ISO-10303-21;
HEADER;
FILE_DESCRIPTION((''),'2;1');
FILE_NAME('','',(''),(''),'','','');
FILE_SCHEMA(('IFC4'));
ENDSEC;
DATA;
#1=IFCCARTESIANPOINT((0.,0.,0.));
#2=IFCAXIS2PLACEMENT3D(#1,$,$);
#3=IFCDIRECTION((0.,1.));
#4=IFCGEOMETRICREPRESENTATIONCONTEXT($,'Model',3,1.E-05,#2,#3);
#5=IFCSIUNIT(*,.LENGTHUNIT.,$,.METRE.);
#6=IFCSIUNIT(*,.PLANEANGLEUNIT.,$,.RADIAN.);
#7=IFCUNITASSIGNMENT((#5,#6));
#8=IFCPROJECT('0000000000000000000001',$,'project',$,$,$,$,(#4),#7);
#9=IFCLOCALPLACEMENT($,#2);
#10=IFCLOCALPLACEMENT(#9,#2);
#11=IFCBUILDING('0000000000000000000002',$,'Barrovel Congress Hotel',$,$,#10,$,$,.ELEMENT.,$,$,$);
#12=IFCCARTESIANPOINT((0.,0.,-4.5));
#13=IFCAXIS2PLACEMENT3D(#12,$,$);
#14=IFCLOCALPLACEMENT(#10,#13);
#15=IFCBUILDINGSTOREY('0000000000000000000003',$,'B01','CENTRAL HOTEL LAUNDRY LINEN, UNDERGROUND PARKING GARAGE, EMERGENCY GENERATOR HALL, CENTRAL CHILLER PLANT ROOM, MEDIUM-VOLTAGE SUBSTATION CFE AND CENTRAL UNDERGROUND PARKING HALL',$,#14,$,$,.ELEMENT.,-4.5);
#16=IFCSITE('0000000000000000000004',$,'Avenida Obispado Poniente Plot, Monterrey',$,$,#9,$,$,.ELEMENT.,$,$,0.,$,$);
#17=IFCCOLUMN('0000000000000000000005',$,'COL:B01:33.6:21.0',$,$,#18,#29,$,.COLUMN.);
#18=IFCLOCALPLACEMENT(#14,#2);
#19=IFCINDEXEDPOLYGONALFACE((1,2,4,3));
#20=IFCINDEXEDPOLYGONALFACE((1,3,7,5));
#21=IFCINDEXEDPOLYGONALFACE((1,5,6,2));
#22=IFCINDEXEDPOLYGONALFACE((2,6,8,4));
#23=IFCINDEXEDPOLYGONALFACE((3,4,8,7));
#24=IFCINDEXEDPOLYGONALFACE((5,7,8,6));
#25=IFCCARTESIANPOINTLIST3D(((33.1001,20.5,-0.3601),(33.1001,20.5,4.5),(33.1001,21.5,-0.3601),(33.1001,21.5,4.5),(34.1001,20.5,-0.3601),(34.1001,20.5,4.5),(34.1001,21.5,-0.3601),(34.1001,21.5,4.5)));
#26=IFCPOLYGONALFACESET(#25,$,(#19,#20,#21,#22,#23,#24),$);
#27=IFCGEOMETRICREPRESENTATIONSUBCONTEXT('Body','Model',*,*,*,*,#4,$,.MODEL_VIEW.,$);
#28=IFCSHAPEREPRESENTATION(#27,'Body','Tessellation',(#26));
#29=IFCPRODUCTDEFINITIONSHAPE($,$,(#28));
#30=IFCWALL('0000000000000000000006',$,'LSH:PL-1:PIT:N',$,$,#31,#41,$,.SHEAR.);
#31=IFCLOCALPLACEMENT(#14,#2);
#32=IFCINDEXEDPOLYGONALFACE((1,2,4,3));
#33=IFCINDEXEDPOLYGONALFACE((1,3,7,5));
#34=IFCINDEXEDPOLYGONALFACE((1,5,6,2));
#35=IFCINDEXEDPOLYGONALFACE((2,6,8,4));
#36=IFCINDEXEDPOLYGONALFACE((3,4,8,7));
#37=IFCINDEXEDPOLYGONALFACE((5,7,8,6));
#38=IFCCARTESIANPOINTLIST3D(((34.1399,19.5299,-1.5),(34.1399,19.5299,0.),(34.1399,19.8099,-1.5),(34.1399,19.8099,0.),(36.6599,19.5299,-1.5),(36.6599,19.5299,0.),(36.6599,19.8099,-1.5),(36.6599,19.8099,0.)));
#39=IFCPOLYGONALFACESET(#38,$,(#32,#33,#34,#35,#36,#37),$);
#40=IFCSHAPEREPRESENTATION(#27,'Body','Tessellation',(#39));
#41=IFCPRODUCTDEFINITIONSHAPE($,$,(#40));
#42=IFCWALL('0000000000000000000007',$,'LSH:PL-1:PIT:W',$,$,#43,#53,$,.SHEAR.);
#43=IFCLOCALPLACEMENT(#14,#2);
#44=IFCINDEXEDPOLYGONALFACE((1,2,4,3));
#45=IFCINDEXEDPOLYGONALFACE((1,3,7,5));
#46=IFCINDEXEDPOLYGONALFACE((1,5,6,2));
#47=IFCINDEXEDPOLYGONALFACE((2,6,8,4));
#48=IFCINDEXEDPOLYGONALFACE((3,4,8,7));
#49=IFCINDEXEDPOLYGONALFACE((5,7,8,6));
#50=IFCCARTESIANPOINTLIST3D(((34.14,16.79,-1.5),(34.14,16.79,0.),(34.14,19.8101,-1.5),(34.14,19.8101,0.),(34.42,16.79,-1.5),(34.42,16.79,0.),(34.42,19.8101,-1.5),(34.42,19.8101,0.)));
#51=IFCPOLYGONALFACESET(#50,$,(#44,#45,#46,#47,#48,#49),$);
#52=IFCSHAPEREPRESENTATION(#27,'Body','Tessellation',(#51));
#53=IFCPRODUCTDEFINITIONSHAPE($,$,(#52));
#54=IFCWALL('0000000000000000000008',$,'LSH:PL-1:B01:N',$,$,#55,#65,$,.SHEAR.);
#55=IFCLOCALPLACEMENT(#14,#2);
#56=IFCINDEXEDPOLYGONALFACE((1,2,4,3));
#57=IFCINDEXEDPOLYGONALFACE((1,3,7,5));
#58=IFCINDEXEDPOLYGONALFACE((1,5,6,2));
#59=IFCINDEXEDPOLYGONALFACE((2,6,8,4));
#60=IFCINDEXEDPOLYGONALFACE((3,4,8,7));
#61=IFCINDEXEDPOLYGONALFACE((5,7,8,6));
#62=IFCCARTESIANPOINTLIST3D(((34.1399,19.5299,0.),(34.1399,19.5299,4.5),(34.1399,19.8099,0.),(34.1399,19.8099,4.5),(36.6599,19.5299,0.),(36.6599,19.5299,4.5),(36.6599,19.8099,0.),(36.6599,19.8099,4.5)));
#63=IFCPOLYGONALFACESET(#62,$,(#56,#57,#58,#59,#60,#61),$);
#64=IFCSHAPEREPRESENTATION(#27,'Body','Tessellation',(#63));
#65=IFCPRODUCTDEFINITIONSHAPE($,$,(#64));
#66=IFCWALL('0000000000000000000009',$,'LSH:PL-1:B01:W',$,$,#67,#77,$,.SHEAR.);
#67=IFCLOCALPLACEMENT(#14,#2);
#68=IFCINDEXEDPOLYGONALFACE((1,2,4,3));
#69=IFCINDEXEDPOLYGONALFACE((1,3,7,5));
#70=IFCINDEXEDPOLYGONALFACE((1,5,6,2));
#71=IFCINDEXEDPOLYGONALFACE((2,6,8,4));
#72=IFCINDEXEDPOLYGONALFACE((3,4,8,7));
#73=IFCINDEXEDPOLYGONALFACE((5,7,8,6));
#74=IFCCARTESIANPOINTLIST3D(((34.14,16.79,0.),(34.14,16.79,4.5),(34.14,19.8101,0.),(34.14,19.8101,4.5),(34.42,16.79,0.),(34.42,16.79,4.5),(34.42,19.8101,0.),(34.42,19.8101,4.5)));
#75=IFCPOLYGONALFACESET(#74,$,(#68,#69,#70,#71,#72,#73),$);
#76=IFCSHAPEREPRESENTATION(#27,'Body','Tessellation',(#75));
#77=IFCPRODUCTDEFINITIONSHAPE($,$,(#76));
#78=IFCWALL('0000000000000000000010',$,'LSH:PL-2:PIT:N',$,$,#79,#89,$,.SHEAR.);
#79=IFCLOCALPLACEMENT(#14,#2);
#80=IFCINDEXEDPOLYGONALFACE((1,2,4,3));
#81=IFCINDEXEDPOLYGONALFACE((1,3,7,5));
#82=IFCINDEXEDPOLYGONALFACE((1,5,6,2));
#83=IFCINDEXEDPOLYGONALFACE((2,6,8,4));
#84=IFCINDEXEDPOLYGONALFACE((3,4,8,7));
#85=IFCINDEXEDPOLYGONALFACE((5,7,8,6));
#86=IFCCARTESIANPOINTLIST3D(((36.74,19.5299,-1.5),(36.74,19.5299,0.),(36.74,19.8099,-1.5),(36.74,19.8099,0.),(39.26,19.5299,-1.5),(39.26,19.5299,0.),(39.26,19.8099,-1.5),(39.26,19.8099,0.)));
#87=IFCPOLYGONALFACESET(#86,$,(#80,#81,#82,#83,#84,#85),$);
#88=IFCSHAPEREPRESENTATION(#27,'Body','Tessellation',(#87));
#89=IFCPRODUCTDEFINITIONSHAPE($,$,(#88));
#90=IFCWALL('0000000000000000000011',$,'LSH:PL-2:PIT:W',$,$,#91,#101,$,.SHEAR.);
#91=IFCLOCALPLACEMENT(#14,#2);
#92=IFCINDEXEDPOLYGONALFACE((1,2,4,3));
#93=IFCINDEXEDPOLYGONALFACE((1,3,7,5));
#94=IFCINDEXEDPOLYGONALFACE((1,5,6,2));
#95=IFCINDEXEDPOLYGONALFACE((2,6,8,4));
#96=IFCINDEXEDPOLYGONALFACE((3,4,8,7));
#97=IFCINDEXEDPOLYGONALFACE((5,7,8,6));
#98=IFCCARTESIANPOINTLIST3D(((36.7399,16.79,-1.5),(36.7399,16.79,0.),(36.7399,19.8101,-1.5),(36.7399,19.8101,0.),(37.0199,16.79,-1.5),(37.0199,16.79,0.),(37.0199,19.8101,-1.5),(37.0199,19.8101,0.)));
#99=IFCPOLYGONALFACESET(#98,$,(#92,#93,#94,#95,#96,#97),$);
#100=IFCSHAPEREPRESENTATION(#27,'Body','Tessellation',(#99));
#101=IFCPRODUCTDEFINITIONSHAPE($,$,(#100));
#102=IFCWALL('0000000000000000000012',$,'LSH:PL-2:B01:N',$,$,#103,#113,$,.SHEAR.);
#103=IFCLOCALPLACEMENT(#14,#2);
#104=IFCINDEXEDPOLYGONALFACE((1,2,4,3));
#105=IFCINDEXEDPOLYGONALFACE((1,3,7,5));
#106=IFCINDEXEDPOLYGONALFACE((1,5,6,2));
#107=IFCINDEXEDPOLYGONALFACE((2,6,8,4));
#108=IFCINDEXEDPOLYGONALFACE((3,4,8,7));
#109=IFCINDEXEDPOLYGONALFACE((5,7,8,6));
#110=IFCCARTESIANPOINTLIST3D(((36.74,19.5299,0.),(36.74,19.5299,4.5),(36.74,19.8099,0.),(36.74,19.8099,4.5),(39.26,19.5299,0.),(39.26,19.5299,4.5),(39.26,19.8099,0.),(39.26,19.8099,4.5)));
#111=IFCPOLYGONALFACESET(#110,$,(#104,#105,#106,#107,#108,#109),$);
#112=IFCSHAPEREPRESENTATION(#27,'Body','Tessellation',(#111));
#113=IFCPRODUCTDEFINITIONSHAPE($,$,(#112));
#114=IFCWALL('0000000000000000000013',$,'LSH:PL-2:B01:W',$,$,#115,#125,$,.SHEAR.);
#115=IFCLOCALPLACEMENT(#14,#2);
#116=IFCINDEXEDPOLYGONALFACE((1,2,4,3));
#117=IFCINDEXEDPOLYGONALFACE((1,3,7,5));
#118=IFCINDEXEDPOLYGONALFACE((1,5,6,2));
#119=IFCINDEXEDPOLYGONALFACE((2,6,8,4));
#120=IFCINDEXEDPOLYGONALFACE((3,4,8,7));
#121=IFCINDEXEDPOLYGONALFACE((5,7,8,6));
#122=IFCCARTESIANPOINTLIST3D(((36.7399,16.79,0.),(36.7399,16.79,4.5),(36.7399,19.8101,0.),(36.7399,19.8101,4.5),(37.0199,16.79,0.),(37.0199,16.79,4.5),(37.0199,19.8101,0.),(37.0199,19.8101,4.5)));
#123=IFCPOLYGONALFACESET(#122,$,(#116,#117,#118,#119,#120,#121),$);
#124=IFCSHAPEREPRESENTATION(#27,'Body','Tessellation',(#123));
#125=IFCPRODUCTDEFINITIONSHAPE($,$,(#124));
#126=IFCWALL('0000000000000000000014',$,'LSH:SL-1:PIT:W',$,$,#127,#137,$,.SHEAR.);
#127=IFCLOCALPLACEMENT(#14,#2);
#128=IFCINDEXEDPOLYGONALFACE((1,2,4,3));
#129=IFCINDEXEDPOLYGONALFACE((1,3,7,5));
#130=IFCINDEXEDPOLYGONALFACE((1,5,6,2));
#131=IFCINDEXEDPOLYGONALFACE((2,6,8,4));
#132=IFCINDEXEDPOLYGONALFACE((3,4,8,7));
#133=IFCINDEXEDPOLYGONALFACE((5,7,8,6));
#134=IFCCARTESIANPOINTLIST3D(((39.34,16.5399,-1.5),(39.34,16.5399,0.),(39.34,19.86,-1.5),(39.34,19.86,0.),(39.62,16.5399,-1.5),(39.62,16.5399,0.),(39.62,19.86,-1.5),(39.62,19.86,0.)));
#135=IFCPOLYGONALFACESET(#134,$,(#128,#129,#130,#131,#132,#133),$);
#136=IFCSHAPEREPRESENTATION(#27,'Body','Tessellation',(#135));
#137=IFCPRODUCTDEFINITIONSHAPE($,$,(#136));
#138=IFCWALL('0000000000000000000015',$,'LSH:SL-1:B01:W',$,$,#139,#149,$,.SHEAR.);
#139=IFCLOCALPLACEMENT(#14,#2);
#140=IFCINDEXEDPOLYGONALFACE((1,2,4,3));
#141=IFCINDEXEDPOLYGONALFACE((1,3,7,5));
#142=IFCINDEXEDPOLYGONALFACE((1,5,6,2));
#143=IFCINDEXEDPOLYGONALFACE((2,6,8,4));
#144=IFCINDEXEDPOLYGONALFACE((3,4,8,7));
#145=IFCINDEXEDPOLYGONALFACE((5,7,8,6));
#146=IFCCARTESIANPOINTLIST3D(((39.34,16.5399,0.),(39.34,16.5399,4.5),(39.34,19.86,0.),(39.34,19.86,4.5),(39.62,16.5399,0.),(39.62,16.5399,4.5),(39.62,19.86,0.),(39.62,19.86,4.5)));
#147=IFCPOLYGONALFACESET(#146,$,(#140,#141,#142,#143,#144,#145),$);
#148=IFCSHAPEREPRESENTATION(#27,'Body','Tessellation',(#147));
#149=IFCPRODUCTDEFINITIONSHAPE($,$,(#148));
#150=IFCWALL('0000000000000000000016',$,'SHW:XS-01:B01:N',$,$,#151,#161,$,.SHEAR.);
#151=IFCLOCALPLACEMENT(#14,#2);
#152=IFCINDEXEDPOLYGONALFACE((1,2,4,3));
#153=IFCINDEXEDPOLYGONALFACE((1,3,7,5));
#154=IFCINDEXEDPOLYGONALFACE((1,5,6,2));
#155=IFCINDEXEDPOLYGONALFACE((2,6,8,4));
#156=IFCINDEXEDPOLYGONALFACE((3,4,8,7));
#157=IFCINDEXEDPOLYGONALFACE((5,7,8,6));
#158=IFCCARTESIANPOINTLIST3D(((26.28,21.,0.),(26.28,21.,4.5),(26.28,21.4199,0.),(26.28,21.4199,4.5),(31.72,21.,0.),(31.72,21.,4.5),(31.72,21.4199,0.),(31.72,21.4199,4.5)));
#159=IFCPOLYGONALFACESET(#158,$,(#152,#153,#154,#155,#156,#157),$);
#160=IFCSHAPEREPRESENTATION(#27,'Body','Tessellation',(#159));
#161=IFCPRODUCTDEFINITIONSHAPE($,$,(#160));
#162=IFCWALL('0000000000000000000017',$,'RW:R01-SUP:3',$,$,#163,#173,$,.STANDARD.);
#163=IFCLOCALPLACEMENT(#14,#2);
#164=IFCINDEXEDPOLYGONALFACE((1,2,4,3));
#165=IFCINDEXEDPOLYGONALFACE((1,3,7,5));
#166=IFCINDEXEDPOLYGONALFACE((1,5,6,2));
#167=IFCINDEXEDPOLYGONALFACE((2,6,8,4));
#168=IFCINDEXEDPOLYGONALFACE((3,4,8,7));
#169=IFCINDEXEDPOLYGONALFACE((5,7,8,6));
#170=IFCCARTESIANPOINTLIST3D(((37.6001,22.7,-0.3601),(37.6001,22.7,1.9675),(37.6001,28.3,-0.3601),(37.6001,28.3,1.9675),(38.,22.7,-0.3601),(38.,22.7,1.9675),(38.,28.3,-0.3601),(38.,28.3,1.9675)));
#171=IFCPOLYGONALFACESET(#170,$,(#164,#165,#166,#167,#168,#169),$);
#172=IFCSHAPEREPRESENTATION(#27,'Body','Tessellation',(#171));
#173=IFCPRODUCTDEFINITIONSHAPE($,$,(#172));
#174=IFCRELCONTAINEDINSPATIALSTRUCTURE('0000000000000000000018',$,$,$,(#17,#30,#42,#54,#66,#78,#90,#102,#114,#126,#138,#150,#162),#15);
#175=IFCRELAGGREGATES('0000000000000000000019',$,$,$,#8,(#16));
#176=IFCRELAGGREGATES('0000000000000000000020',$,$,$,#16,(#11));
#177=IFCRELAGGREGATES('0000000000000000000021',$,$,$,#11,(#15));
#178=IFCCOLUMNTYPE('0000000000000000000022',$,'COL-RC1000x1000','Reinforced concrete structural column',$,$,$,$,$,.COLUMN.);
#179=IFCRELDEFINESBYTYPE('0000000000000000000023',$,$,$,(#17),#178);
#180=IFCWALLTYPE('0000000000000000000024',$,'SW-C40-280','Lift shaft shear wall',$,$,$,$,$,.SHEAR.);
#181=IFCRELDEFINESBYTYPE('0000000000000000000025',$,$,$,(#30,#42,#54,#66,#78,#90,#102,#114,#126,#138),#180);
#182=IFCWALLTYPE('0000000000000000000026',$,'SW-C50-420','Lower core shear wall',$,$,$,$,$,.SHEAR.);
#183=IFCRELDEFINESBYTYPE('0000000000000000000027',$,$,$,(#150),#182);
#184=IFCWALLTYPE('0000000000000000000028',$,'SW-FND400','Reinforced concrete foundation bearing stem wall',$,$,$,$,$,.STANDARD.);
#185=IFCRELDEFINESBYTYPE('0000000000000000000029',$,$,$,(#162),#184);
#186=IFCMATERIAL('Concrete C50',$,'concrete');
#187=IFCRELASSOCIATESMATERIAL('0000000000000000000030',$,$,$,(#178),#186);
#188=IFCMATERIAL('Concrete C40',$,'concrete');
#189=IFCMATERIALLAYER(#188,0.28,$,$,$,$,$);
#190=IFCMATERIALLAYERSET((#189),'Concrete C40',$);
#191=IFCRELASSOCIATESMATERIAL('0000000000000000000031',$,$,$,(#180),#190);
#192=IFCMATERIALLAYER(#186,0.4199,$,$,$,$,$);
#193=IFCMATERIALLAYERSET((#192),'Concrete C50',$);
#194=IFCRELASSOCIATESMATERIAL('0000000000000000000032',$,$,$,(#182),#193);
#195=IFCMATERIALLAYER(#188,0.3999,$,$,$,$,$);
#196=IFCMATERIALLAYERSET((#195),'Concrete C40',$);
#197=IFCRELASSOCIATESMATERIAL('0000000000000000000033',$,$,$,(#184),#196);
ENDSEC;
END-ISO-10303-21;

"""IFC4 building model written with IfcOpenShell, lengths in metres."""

from ifc_helpers import new_model, si_unit, direction, frame, frame_2d, origin, origin_2d, place, context, subcontext, project, spatial, rectangle, extrude, material, layer, layer_set, material_profile, profile_set, type_object, element, save


model = new_model("IFC4")

# Units and contexts
model_context = context("Model", 3, precision=1e-05, world=origin(), true_north=direction((0.0, 1.0)))
body_context = subcontext(model_context, "Body", "Model", "MODEL_VIEW")
ifc_project = project(units=[si_unit("LENGTHUNIT", "METRE"), si_unit("PLANEANGLEUNIT", "RADIAN")], contexts=[model_context])

# Site, building, storey
site_placement = place(None, origin())
site = spatial("IfcSite", under=ifc_project, at=site_placement, Name="Avenida Obispado Poniente Plot, Monterrey", CompositionType="ELEMENT", RefElevation=0.0)
building_placement = place(site_placement, origin())
building = spatial("IfcBuilding", under=site, at=building_placement, Name="Barrovel Congress Hotel", CompositionType="ELEMENT")
storey_placement = place(building_placement, frame((0.0, 0.0, -4.5)))
storey = spatial("IfcBuildingStorey", under=building, at=storey_placement, Name="B01", Description="CENTRAL HOTEL LAUNDRY LINEN, UNDERGROUND PARKING GARAGE, EMERGENCY GENERATOR HALL, CENTRAL CHILLER PLANT ROOM, MEDIUM-VOLTAGE SUBSTATION CFE AND CENTRAL UNDERGROUND PARKING HALL", CompositionType="ELEMENT", Elevation=-4.5)

# Shared definitions
ifc_material_1 = material(Name="Concrete C40", Category="concrete")

# Column
ifc_material_2 = material(Name="Concrete C50", Category="concrete")
ifc_material_profile_1 = material_profile(ifc_material_2, rectangle(XDim=1.0, YDim=1.0, at=origin_2d()), Name="RC1000x1000")
ifc_profile_set_1 = profile_set([ifc_material_profile_1], Name="Concrete C50")
column_type = type_object("IfcColumnType", Name="COL-RC1000x1000", Description="Reinforced concrete structural column", PredefinedType="COLUMN", material=ifc_profile_set_1)
column_placement = place(storey_placement, frame((33.6001, 21.0, -0.3601), z_axis=(0.0, 0.0, 1.0), x_axis=(1.0, 0.0, 0.0)))
element("IfcColumn", 1, at=column_placement, inside=storey, type_object=column_type, Name="COL:B01:33.6:21.0", PredefinedType="COLUMN", context=body_context, shape_type="SweptSolid", body=[
    extrude(rectangle(XDim=1.0, YDim=1.0, at=origin_2d()), origin(), (0.0, 0.0, 1.0), 4.8601),
])

# Walls
ifc_layer_1 = layer(ifc_material_1, 0.28)
ifc_layer_set_1 = layer_set([ifc_layer_1], Name="Concrete C40")
wall_type_1 = type_object("IfcWallType", Name="SW-C40-280", Description="Lift shaft shear wall", PredefinedType="SHEAR", material=ifc_layer_set_1)
wall_1_placement = place(storey_placement, frame((36.6599, 19.6699, -1.5), z_axis=(0.0, 0.0, 1.0), x_axis=(-1.0, 0.0, 0.0)))
element("IfcWall", 2, at=wall_1_placement, inside=storey, type_object=wall_type_1, Name="LSH:PL-1:PIT:N", PredefinedType="SHEAR", context=body_context, shape_type="SweptSolid", body=[
    extrude(rectangle(XDim=2.52, YDim=0.28, at=frame_2d((1.26, 0.0))), origin(), (0.0, 0.0, 1.0), 1.5),
])
wall_2_placement = place(storey_placement, frame((34.28, 19.8101, -1.5), z_axis=(0.0, 0.0, 1.0), x_axis=(0.0, -1.0, 0.0)))
element("IfcWall", 3, at=wall_2_placement, inside=storey, type_object=wall_type_1, Name="LSH:PL-1:PIT:W", PredefinedType="SHEAR", context=body_context, shape_type="SweptSolid", body=[
    extrude(rectangle(XDim=3.02, YDim=0.28, at=frame_2d((1.51, 0.0))), origin(), (0.0, 0.0, 1.0), 1.5),
])
wall_3_placement = place(storey_placement, frame((36.6599, 19.6699, 0.0), z_axis=(0.0, 0.0, 1.0), x_axis=(-1.0, 0.0, 0.0)))
element("IfcWall", 4, at=wall_3_placement, inside=storey, type_object=wall_type_1, Name="LSH:PL-1:B01:N", PredefinedType="SHEAR", context=body_context, shape_type="SweptSolid", body=[
    extrude(rectangle(XDim=2.52, YDim=0.28, at=frame_2d((1.26, 0.0))), origin(), (0.0, 0.0, 1.0), 4.5),
])
wall_4_placement = place(storey_placement, frame((34.28, 19.8101, 0.0), z_axis=(0.0, 0.0, 1.0), x_axis=(0.0, -1.0, 0.0)))
element("IfcWall", 5, at=wall_4_placement, inside=storey, type_object=wall_type_1, Name="LSH:PL-1:B01:W", PredefinedType="SHEAR", context=body_context, shape_type="SweptSolid", body=[
    extrude(rectangle(XDim=3.02, YDim=0.28, at=frame_2d((1.51, 0.0))), origin(), (0.0, 0.0, 1.0), 4.5),
])
wall_5_placement = place(storey_placement, frame((39.26, 19.6699, -1.5), z_axis=(0.0, 0.0, 1.0), x_axis=(-1.0, 0.0, 0.0)))
element("IfcWall", 6, at=wall_5_placement, inside=storey, type_object=wall_type_1, Name="LSH:PL-2:PIT:N", PredefinedType="SHEAR", context=body_context, shape_type="SweptSolid", body=[
    extrude(rectangle(XDim=2.52, YDim=0.28, at=frame_2d((1.26, 0.0))), origin(), (0.0, 0.0, 1.0), 1.5),
])
wall_6_placement = place(storey_placement, frame((36.8799, 19.8101, -1.5), z_axis=(0.0, 0.0, 1.0), x_axis=(0.0, -1.0, 0.0)))
element("IfcWall", 7, at=wall_6_placement, inside=storey, type_object=wall_type_1, Name="LSH:PL-2:PIT:W", PredefinedType="SHEAR", context=body_context, shape_type="SweptSolid", body=[
    extrude(rectangle(XDim=3.02, YDim=0.28, at=frame_2d((1.51, 0.0))), origin(), (0.0, 0.0, 1.0), 1.5),
])
wall_7_placement = place(storey_placement, frame((39.26, 19.6699, 0.0), z_axis=(0.0, 0.0, 1.0), x_axis=(-1.0, 0.0, 0.0)))
element("IfcWall", 8, at=wall_7_placement, inside=storey, type_object=wall_type_1, Name="LSH:PL-2:B01:N", PredefinedType="SHEAR", context=body_context, shape_type="SweptSolid", body=[
    extrude(rectangle(XDim=2.52, YDim=0.28, at=frame_2d((1.26, 0.0))), origin(), (0.0, 0.0, 1.0), 4.5),
])
wall_8_placement = place(storey_placement, frame((36.8799, 19.8101, 0.0), z_axis=(0.0, 0.0, 1.0), x_axis=(0.0, -1.0, 0.0)))
element("IfcWall", 9, at=wall_8_placement, inside=storey, type_object=wall_type_1, Name="LSH:PL-2:B01:W", PredefinedType="SHEAR", context=body_context, shape_type="SweptSolid", body=[
    extrude(rectangle(XDim=3.02, YDim=0.28, at=frame_2d((1.51, 0.0))), origin(), (0.0, 0.0, 1.0), 4.5),
])
wall_9_placement = place(storey_placement, frame((39.48, 19.8601, -1.5), z_axis=(0.0, 0.0, 1.0), x_axis=(0.0, -1.0, 0.0)))
element("IfcWall", 10, at=wall_9_placement, inside=storey, type_object=wall_type_1, Name="LSH:SL-1:PIT:W", PredefinedType="SHEAR", context=body_context, shape_type="SweptSolid", body=[
    extrude(rectangle(XDim=3.3201, YDim=0.28, at=frame_2d((1.6602, 0.0))), origin(), (0.0, 0.0, 1.0), 1.5),
])
wall_10_placement = place(storey_placement, frame((39.48, 19.8601, 0.0), z_axis=(0.0, 0.0, 1.0), x_axis=(0.0, -1.0, 0.0)))
element("IfcWall", 11, at=wall_10_placement, inside=storey, type_object=wall_type_1, Name="LSH:SL-1:B01:W", PredefinedType="SHEAR", context=body_context, shape_type="SweptSolid", body=[
    extrude(rectangle(XDim=3.3201, YDim=0.28, at=frame_2d((1.6602, 0.0))), origin(), (0.0, 0.0, 1.0), 4.5),
])
ifc_layer_2 = layer(ifc_material_2, 0.4199)
ifc_layer_set_2 = layer_set([ifc_layer_2], Name="Concrete C50")
wall_type_2 = type_object("IfcWallType", Name="SW-C50-420", Description="Lower core shear wall", PredefinedType="SHEAR", material=ifc_layer_set_2)
wall_11_placement = place(storey_placement, frame((31.72, 21.21, 0.0), z_axis=(0.0, 0.0, 1.0), x_axis=(-1.0, 0.0, 0.0)))
element("IfcWall", 12, at=wall_11_placement, inside=storey, type_object=wall_type_2, Name="SHW:XS-01:B01:N", PredefinedType="SHEAR", context=body_context, shape_type="SweptSolid", body=[
    extrude(rectangle(XDim=5.4399, YDim=0.4199, at=frame_2d((2.72, 0.0))), origin(), (0.0, 0.0, 1.0), 4.5),
])
ifc_layer_3 = layer(ifc_material_1, 0.3999)
ifc_layer_set_3 = layer_set([ifc_layer_3], Name="Concrete C40")
wall_type_3 = type_object("IfcWallType", Name="SW-FND400", Description="Reinforced concrete foundation bearing stem wall", PredefinedType="STANDARD", material=ifc_layer_set_3)
wall_12_placement = place(storey_placement, frame((37.8, 22.7, -0.3601), z_axis=(0.0, 0.0, 1.0), x_axis=(0.0, 1.0, 0.0)))
element("IfcWall", 13, at=wall_12_placement, inside=storey, type_object=wall_type_3, Name="RW:R01-SUP:3", PredefinedType="STANDARD", context=body_context, shape_type="SweptSolid", body=[
    extrude(rectangle(XDim=5.6001, YDim=0.3999, at=frame_2d((2.8, 0.0))), origin(), (0.0, 0.0, 1.0), 2.3276),
])

save(model, "model.ifc")
